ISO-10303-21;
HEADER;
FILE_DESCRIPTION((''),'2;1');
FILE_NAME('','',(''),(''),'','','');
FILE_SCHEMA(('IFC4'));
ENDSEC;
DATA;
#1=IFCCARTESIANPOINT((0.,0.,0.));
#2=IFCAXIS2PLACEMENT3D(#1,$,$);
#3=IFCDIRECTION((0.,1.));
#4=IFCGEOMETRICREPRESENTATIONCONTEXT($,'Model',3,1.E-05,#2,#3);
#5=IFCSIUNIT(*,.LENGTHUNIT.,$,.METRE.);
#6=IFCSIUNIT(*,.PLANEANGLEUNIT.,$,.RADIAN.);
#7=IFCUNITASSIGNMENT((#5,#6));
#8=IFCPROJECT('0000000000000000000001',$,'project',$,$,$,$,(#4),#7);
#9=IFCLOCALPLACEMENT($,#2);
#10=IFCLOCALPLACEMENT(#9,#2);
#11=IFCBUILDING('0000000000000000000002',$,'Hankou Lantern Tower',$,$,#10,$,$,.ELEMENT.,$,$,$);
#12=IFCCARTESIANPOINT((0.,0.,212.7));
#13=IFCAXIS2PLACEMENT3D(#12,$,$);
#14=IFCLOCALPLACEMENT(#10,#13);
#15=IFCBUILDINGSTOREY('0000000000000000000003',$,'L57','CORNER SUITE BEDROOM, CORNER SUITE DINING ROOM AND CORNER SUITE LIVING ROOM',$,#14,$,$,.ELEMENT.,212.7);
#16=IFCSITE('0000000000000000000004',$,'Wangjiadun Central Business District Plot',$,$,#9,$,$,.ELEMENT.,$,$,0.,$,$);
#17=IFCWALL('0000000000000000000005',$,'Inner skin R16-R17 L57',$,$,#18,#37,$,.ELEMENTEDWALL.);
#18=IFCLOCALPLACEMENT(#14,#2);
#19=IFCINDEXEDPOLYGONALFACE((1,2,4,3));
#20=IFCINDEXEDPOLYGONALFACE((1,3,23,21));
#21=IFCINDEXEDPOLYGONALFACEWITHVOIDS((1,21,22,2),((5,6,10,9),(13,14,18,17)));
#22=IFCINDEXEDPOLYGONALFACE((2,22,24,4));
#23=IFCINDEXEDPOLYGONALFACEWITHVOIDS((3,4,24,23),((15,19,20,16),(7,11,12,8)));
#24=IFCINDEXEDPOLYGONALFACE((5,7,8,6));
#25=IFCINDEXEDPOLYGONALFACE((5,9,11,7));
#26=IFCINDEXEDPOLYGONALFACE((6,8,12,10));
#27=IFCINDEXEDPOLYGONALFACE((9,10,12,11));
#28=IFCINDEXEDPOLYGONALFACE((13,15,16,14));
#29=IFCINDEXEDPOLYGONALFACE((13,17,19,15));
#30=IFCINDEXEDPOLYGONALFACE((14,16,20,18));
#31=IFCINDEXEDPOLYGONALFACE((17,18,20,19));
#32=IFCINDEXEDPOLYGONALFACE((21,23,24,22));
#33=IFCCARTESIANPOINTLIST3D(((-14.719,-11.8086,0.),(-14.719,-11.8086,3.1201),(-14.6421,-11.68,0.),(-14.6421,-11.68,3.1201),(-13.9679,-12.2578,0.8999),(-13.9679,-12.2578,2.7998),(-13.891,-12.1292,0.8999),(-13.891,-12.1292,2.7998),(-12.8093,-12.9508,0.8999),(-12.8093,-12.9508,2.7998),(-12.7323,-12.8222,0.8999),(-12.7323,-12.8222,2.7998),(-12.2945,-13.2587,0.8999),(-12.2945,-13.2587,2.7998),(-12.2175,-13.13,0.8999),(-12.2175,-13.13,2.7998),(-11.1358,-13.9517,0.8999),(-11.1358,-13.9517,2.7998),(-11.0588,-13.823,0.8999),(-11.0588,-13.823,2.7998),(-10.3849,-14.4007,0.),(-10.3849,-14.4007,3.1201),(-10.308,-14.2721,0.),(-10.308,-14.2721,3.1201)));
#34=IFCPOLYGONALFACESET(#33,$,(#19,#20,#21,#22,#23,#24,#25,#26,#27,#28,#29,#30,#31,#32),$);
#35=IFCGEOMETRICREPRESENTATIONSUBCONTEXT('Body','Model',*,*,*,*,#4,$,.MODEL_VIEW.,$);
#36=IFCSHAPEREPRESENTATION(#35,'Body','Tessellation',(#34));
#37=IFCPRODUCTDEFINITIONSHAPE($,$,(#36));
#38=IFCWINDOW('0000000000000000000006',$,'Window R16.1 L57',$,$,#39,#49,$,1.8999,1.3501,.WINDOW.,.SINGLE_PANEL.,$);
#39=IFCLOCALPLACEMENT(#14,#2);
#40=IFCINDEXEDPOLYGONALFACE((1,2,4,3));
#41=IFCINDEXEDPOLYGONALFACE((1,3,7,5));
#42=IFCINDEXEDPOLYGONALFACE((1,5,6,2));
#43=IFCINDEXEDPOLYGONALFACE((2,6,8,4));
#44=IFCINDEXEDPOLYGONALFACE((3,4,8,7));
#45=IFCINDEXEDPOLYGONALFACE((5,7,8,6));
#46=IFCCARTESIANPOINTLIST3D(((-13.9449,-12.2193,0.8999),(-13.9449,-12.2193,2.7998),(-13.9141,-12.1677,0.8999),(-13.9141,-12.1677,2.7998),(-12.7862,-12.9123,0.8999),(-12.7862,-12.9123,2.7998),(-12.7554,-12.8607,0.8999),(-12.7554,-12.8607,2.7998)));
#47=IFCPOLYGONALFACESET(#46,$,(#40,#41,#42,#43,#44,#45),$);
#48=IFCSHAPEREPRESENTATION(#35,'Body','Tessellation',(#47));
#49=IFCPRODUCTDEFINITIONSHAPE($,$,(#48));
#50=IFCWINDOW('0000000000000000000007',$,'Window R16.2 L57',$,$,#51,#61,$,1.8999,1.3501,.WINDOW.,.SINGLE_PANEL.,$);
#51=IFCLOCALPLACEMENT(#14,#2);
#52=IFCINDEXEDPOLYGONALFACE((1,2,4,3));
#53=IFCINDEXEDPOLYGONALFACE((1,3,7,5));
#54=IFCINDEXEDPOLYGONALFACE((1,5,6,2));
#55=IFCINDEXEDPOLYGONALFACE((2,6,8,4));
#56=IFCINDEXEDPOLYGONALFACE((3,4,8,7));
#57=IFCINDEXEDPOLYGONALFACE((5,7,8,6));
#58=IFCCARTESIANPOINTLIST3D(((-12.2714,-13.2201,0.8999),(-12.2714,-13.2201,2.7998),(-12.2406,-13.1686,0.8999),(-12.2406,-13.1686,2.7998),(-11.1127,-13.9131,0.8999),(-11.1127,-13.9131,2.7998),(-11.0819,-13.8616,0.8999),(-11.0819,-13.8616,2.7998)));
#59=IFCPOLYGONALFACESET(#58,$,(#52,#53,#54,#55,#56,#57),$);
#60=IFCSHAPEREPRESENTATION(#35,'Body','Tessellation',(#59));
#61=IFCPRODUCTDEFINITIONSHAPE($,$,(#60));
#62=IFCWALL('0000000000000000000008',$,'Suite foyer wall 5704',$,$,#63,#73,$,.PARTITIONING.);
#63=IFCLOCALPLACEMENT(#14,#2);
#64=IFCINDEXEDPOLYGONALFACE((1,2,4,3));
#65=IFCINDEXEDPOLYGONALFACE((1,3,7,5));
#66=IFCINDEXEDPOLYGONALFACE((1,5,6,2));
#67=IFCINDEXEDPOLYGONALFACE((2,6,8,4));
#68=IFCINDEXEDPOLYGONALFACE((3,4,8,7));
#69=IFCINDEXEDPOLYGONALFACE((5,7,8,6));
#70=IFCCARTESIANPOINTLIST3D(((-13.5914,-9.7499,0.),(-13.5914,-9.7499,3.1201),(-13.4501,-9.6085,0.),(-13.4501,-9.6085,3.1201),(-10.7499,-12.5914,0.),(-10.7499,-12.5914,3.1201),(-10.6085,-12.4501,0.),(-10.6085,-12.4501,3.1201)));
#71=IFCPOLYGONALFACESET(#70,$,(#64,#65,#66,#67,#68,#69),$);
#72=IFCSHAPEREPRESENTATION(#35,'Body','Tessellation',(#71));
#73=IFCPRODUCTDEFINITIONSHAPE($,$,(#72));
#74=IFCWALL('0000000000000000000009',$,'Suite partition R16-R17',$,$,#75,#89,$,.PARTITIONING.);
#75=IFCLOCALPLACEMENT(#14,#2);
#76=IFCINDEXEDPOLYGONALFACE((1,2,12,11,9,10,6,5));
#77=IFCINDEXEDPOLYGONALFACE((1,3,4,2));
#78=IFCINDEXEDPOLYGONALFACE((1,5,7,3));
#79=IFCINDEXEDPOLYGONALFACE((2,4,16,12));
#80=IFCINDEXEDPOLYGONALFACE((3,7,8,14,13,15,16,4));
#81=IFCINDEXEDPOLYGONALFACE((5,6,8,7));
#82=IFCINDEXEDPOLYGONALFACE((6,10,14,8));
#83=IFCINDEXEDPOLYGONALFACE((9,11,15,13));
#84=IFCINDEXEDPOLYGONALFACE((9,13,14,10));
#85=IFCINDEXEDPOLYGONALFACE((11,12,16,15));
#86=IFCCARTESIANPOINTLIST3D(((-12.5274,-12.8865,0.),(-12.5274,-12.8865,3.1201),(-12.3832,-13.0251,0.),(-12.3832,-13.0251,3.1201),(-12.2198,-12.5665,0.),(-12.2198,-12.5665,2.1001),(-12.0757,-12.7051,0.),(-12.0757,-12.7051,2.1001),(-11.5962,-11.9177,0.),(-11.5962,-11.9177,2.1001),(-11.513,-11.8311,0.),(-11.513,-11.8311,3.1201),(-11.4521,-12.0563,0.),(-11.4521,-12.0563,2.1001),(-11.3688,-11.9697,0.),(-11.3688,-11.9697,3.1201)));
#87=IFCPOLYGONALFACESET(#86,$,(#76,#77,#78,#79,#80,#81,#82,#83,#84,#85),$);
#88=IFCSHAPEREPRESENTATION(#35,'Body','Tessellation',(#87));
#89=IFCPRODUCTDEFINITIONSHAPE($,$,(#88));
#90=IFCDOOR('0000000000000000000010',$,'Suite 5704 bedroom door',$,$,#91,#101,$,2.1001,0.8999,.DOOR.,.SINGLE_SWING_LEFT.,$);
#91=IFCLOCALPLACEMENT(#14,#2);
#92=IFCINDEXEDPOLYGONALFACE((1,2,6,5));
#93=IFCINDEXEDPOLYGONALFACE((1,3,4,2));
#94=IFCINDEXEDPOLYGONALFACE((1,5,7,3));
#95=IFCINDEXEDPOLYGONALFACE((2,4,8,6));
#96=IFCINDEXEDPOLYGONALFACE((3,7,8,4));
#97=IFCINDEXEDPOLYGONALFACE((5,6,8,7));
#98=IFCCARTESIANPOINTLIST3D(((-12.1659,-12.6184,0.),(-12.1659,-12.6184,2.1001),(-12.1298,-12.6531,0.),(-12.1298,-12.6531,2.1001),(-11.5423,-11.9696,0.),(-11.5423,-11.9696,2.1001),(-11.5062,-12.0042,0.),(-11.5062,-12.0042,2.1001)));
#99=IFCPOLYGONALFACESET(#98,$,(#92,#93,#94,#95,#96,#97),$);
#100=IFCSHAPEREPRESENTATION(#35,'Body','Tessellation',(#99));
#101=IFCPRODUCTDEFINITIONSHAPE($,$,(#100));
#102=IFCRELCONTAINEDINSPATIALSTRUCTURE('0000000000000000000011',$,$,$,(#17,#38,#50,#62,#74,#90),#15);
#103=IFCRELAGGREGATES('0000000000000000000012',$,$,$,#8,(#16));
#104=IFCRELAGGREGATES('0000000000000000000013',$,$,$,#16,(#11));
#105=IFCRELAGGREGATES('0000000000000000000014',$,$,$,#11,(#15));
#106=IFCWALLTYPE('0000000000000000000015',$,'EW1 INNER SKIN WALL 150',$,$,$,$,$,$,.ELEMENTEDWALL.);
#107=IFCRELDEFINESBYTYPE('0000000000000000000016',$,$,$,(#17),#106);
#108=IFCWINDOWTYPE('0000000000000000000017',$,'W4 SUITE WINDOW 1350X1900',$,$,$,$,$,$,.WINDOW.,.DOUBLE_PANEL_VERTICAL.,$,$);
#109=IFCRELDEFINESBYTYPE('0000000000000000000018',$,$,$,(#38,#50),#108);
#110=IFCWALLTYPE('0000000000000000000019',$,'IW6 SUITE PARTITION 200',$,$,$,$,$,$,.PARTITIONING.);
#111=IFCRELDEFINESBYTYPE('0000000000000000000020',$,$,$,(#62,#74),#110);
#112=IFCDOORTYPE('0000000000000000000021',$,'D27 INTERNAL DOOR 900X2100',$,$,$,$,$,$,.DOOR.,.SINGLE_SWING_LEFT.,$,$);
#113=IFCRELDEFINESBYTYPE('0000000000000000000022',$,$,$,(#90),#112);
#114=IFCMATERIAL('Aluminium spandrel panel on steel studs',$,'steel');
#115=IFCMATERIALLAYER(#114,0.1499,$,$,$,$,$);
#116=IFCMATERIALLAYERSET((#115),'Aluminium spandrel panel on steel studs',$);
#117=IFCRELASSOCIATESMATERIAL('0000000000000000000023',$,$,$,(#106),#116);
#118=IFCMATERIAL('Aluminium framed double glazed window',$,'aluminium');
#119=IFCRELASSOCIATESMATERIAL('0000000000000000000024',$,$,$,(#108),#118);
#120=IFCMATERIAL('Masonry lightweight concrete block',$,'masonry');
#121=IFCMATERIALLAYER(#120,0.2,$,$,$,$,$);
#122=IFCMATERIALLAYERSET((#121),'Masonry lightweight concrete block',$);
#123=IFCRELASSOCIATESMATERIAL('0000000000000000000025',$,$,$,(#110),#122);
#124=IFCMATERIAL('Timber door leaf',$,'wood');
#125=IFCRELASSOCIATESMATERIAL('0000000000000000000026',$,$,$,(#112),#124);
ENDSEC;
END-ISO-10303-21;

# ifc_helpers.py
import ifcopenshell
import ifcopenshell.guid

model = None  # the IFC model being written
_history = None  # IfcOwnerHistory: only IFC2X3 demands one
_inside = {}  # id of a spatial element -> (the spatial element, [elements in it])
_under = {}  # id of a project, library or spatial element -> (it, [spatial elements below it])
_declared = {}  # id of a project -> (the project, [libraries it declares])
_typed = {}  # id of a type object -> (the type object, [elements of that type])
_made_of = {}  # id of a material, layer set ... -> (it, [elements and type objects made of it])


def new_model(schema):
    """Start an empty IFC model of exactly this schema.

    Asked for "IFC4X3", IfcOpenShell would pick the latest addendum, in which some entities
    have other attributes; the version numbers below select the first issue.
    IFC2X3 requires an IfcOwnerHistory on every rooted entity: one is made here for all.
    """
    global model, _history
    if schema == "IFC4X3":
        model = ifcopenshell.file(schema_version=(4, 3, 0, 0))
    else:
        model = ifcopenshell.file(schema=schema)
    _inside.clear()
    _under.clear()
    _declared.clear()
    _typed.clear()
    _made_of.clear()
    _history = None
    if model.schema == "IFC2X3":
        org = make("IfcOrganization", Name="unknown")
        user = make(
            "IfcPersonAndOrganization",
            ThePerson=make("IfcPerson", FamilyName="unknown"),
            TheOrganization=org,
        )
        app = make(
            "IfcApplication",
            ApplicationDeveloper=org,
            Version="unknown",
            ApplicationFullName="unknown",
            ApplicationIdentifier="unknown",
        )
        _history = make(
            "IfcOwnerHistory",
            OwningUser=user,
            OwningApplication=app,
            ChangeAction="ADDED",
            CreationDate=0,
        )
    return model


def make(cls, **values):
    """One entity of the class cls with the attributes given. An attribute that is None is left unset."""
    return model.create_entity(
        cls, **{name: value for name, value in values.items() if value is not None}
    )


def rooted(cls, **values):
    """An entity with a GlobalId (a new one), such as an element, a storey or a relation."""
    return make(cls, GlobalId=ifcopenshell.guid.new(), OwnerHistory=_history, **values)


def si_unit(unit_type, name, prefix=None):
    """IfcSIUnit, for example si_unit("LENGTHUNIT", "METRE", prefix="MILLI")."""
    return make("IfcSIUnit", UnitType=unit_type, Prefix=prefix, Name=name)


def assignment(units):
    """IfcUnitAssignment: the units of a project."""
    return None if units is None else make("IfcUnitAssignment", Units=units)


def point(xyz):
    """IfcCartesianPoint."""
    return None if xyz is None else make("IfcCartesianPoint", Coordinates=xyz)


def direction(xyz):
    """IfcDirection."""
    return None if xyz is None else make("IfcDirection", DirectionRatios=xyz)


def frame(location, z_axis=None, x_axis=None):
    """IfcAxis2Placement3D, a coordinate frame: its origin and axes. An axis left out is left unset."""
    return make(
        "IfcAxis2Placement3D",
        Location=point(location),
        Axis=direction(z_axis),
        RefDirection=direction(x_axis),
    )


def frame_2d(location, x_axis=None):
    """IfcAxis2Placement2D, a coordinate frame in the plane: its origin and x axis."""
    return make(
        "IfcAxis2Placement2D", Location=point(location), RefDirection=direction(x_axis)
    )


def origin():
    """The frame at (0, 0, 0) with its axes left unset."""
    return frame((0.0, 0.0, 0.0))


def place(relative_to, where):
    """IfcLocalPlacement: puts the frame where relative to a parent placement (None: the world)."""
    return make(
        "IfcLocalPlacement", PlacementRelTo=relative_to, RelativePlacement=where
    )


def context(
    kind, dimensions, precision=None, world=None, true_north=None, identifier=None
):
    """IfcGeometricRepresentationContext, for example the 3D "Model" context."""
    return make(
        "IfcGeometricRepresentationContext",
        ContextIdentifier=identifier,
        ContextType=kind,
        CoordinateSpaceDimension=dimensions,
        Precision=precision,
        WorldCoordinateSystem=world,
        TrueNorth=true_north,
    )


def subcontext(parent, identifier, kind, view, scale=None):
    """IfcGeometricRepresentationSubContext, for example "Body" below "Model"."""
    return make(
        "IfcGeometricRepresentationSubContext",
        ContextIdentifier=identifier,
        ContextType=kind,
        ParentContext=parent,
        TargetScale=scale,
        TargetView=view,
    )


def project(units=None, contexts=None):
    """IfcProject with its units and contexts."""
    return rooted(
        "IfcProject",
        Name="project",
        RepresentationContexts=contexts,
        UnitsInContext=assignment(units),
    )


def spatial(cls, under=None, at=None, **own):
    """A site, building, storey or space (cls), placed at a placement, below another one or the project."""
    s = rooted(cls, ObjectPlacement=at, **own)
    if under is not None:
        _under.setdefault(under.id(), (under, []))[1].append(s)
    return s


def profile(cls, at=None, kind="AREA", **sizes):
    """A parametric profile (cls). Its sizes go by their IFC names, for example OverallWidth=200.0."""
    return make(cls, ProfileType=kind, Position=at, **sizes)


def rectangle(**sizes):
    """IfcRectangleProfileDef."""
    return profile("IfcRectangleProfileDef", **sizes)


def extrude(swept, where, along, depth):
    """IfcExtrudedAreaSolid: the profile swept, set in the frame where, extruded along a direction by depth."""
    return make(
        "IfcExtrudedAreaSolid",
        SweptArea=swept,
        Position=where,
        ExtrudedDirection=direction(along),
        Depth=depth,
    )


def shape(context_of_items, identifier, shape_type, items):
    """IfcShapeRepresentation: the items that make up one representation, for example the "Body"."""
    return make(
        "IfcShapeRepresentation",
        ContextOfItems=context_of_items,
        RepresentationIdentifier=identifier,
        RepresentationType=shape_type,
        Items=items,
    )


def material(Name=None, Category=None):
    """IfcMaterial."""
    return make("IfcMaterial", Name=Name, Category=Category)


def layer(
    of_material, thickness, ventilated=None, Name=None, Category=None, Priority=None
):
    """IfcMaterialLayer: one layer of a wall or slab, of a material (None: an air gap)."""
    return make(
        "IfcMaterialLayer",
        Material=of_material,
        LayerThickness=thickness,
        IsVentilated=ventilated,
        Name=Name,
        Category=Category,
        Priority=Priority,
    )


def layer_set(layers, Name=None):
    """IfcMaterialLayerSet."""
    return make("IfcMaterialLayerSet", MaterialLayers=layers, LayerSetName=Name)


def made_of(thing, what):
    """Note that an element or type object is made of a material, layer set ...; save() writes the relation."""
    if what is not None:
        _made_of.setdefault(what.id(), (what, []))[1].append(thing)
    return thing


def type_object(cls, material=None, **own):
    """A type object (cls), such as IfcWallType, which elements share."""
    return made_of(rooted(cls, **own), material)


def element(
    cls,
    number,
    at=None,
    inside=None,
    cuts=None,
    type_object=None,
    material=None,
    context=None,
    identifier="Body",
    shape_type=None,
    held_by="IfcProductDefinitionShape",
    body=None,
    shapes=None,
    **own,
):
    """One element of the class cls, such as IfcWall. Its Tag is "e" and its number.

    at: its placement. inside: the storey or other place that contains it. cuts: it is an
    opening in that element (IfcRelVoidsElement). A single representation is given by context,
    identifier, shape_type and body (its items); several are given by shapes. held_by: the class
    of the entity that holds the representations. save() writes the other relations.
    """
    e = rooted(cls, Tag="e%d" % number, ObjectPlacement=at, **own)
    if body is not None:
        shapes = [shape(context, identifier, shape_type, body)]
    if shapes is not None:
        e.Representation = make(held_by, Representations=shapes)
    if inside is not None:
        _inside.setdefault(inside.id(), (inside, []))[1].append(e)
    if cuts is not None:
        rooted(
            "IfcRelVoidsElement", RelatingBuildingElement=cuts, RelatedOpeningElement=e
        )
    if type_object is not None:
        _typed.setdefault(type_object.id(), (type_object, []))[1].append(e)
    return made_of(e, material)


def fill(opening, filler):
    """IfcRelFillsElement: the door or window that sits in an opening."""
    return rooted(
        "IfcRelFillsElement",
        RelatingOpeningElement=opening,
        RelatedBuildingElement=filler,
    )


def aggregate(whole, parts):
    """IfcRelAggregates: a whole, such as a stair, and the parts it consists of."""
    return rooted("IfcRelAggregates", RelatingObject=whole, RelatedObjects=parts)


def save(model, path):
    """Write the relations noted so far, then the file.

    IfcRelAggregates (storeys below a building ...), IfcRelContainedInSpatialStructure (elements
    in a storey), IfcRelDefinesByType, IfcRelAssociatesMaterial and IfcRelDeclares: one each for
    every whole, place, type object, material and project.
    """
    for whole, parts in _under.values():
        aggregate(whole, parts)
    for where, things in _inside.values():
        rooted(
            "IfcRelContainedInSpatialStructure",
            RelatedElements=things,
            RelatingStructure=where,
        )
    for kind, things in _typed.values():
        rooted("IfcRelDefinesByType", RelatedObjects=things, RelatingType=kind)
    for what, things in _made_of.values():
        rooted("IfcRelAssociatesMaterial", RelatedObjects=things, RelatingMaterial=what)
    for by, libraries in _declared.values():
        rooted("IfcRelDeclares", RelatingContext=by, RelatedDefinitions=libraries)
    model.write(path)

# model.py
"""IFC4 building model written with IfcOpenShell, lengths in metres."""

from ifc_helpers import new_model, si_unit, direction, frame, frame_2d, origin, place, context, subcontext, project, spatial, rectangle, extrude, material, layer, layer_set, type_object, element, fill, save


model = new_model("IFC4")

# Units and contexts
model_context = context("Model", 3, precision=1e-05, world=origin(), true_north=direction((0.0, 1.0)))
body_context = subcontext(model_context, "Body", "Model", "MODEL_VIEW")
ifc_project = project(units=[si_unit("LENGTHUNIT", "METRE"), si_unit("PLANEANGLEUNIT", "RADIAN")], contexts=[model_context])

# Site, building, storey
site_placement = place(None, origin())
site = spatial("IfcSite", under=ifc_project, at=site_placement, Name="Wangjiadun Central Business District Plot", CompositionType="ELEMENT", RefElevation=0.0)
building_placement = place(site_placement, origin())
building = spatial("IfcBuilding", under=site, at=building_placement, Name="Hankou Lantern Tower", CompositionType="ELEMENT")
storey_placement = place(building_placement, frame((0.0, 0.0, 212.7)))
storey = spatial("IfcBuildingStorey", under=building, at=storey_placement, Name="L57", Description="CORNER SUITE BEDROOM, CORNER SUITE DINING ROOM AND CORNER SUITE LIVING ROOM", CompositionType="ELEMENT", Elevation=212.7)

# Wall, openings, windows
ifc_material_1 = material(Name="Aluminium spandrel panel on steel studs", Category="steel")
ifc_layer_1 = layer(ifc_material_1, 0.1499)
ifc_layer_set_1 = layer_set([ifc_layer_1], Name="Aluminium spandrel panel on steel studs")
wall_type_1 = type_object("IfcWallType", Name="EW1 INNER SKIN WALL 150", PredefinedType="ELEMENTEDWALL", material=ifc_layer_set_1)
ifc_material_2 = material(Name="Aluminium framed double glazed window", Category="aluminium")
window_type = type_object("IfcWindowType", Name="W4 SUITE WINDOW 1350X1900", PartitioningType="DOUBLE_PANEL_VERTICAL", PredefinedType="WINDOW", material=ifc_material_2)
wall_1_placement = place(storey_placement, frame((-14.6804, -11.7444, 0.0), z_axis=(0.0, 0.0, 1.0), x_axis=(0.858222, -0.51328, 0.0)))
wall_1 = element("IfcWall", 1, at=wall_1_placement, inside=storey, type_object=wall_type_1, Name="Inner skin R16-R17 L57", PredefinedType="ELEMENTEDWALL", context=body_context, shape_type="SweptSolid", body=[
    extrude(rectangle(XDim=5.05, YDim=0.1499, at=frame_2d((2.5249, 0.0))), origin(), (0.0, 0.0, 1.0), 3.1201),
])
opening_1_placement = place(wall_1_placement, frame((0.875, 0.0, 0.8999)))
opening_1 = element("IfcOpeningElement", 2, at=opening_1_placement, cuts=wall_1, PredefinedType="OPENING", context=body_context, shape_type="SweptSolid", body=[
    extrude(rectangle(XDim=1.3501, YDim=1.8999, at=frame_2d((0.675, 0.95))), frame((0.0, 0.085, 0.0), z_axis=(0.0, -1.0, 0.0), x_axis=(1.0, 0.0, 0.0)), (0.0, 0.0, 1.0), 0.1699),
])
opening_2_placement = place(wall_1_placement, frame((2.825, 0.0, 0.8999)))
opening_2 = element("IfcOpeningElement", 3, at=opening_2_placement, cuts=wall_1, PredefinedType="OPENING", context=body_context, shape_type="SweptSolid", body=[
    extrude(rectangle(XDim=1.3501, YDim=1.8999, at=frame_2d((0.675, 0.95))), frame((0.0, 0.085, 0.0), z_axis=(0.0, -1.0, 0.0), x_axis=(1.0, 0.0, 0.0)), (0.0, 0.0, 1.0), 0.1699),
])
window_1_placement = place(opening_1_placement, origin())
window_1 = element("IfcWindow", 4, at=window_1_placement, inside=storey, type_object=window_type, Name="Window R16.1 L57", OverallHeight=1.8999, OverallWidth=1.3501, PartitioningType="SINGLE_PANEL", PredefinedType="WINDOW", context=body_context, shape_type="SweptSolid", body=[
    extrude(rectangle(XDim=1.3501, YDim=1.8999, at=frame_2d((0.675, 0.95))), frame((0.0, 0.03, 0.0), z_axis=(0.0, -1.0, 0.0), x_axis=(1.0, 0.0, 0.0)), (0.0, 0.0, 1.0), 0.0601),
])
fill(opening_1, window_1)
window_2_placement = place(opening_2_placement, origin())
window_2 = element("IfcWindow", 5, at=window_2_placement, inside=storey, type_object=window_type, Name="Window R16.2 L57", OverallHeight=1.8999, OverallWidth=1.3501, PartitioningType="SINGLE_PANEL", PredefinedType="WINDOW", context=body_context, shape_type="SweptSolid", body=[
    extrude(rectangle(XDim=1.3501, YDim=1.8999, at=frame_2d((0.675, 0.95))), frame((0.0, 0.03, 0.0), z_axis=(0.0, -1.0, 0.0), x_axis=(1.0, 0.0, 0.0)), (0.0, 0.0, 1.0), 0.0601),
])
fill(opening_2, window_2)

# Wall
ifc_material_3 = material(Name="Masonry lightweight concrete block", Category="masonry")
ifc_layer_2 = layer(ifc_material_3, 0.2)
ifc_layer_set_2 = layer_set([ifc_layer_2], Name="Masonry lightweight concrete block")
wall_type_2 = type_object("IfcWallType", Name="IW6 SUITE PARTITION 200", PredefinedType="PARTITIONING", material=ifc_layer_set_2)
wall_2_placement = place(storey_placement, frame((-13.5208, -9.6792, 0.0), z_axis=(0.0, 0.0, 1.0), x_axis=(0.707107, -0.707107, 0.0)))
element("IfcWall", 6, at=wall_2_placement, inside=storey, type_object=wall_type_2, Name="Suite foyer wall 5704", PredefinedType="PARTITIONING", context=body_context, shape_type="SweptSolid", body=[
    extrude(rectangle(XDim=4.0186, YDim=0.2, at=frame_2d((2.0093, 0.0))), origin(), (0.0, 0.0, 1.0), 3.1201),
])

# Wall, opening, door
wall_3_placement = place(storey_placement, frame((-11.4409, -11.9004, 0.0), z_axis=(0.0, 0.0, 1.0), x_axis=(-0.692959, -0.720977, 0.0)))
wall_3 = element("IfcWall", 7, at=wall_3_placement, inside=storey, type_object=wall_type_2, Name="Suite partition R16-R17", PredefinedType="PARTITIONING", context=body_context, shape_type="SweptSolid", body=[
    extrude(rectangle(XDim=1.4639, YDim=0.2, at=frame_2d((0.7319, 0.0))), origin(), (0.0, 0.0, 1.0), 3.1201),
])
opening_3_placement = place(wall_3_placement, frame((0.1201, 0.0, 0.0)))
opening_3 = element("IfcOpeningElement", 8, at=opening_3_placement, cuts=wall_3, PredefinedType="OPENING", context=body_context, shape_type="SweptSolid", body=[
    extrude(rectangle(XDim=0.8999, YDim=2.1001, at=frame_2d((0.45, 1.05))), frame((0.0, 0.1099, 0.0), z_axis=(0.0, -1.0, 0.0), x_axis=(1.0, 0.0, 0.0)), (0.0, 0.0, 1.0), 0.22),
])
ifc_material_4 = material(Name="Timber door leaf", Category="wood")
door_type = type_object("IfcDoorType", Name="D27 INTERNAL DOOR 900X2100", OperationType="SINGLE_SWING_LEFT", PredefinedType="DOOR", material=ifc_material_4)
door_placement = place(opening_3_placement, origin())
door = element("IfcDoor", 9, at=door_placement, inside=storey, type_object=door_type, Name="Suite 5704 bedroom door", OperationType="SINGLE_SWING_LEFT", OverallHeight=2.1001, OverallWidth=0.8999, PredefinedType="DOOR", context=body_context, shape_type="SweptSolid", body=[
    extrude(rectangle(XDim=0.8999, YDim=2.1001, at=frame_2d((0.45, 1.05))), frame((0.0, 0.0249, 0.0), z_axis=(0.0, -1.0, 0.0), x_axis=(1.0, 0.0, 0.0)), (0.0, 0.0, 1.0), 0.05),
])
fill(opening_3, door)

save(model, "model.ifc")
